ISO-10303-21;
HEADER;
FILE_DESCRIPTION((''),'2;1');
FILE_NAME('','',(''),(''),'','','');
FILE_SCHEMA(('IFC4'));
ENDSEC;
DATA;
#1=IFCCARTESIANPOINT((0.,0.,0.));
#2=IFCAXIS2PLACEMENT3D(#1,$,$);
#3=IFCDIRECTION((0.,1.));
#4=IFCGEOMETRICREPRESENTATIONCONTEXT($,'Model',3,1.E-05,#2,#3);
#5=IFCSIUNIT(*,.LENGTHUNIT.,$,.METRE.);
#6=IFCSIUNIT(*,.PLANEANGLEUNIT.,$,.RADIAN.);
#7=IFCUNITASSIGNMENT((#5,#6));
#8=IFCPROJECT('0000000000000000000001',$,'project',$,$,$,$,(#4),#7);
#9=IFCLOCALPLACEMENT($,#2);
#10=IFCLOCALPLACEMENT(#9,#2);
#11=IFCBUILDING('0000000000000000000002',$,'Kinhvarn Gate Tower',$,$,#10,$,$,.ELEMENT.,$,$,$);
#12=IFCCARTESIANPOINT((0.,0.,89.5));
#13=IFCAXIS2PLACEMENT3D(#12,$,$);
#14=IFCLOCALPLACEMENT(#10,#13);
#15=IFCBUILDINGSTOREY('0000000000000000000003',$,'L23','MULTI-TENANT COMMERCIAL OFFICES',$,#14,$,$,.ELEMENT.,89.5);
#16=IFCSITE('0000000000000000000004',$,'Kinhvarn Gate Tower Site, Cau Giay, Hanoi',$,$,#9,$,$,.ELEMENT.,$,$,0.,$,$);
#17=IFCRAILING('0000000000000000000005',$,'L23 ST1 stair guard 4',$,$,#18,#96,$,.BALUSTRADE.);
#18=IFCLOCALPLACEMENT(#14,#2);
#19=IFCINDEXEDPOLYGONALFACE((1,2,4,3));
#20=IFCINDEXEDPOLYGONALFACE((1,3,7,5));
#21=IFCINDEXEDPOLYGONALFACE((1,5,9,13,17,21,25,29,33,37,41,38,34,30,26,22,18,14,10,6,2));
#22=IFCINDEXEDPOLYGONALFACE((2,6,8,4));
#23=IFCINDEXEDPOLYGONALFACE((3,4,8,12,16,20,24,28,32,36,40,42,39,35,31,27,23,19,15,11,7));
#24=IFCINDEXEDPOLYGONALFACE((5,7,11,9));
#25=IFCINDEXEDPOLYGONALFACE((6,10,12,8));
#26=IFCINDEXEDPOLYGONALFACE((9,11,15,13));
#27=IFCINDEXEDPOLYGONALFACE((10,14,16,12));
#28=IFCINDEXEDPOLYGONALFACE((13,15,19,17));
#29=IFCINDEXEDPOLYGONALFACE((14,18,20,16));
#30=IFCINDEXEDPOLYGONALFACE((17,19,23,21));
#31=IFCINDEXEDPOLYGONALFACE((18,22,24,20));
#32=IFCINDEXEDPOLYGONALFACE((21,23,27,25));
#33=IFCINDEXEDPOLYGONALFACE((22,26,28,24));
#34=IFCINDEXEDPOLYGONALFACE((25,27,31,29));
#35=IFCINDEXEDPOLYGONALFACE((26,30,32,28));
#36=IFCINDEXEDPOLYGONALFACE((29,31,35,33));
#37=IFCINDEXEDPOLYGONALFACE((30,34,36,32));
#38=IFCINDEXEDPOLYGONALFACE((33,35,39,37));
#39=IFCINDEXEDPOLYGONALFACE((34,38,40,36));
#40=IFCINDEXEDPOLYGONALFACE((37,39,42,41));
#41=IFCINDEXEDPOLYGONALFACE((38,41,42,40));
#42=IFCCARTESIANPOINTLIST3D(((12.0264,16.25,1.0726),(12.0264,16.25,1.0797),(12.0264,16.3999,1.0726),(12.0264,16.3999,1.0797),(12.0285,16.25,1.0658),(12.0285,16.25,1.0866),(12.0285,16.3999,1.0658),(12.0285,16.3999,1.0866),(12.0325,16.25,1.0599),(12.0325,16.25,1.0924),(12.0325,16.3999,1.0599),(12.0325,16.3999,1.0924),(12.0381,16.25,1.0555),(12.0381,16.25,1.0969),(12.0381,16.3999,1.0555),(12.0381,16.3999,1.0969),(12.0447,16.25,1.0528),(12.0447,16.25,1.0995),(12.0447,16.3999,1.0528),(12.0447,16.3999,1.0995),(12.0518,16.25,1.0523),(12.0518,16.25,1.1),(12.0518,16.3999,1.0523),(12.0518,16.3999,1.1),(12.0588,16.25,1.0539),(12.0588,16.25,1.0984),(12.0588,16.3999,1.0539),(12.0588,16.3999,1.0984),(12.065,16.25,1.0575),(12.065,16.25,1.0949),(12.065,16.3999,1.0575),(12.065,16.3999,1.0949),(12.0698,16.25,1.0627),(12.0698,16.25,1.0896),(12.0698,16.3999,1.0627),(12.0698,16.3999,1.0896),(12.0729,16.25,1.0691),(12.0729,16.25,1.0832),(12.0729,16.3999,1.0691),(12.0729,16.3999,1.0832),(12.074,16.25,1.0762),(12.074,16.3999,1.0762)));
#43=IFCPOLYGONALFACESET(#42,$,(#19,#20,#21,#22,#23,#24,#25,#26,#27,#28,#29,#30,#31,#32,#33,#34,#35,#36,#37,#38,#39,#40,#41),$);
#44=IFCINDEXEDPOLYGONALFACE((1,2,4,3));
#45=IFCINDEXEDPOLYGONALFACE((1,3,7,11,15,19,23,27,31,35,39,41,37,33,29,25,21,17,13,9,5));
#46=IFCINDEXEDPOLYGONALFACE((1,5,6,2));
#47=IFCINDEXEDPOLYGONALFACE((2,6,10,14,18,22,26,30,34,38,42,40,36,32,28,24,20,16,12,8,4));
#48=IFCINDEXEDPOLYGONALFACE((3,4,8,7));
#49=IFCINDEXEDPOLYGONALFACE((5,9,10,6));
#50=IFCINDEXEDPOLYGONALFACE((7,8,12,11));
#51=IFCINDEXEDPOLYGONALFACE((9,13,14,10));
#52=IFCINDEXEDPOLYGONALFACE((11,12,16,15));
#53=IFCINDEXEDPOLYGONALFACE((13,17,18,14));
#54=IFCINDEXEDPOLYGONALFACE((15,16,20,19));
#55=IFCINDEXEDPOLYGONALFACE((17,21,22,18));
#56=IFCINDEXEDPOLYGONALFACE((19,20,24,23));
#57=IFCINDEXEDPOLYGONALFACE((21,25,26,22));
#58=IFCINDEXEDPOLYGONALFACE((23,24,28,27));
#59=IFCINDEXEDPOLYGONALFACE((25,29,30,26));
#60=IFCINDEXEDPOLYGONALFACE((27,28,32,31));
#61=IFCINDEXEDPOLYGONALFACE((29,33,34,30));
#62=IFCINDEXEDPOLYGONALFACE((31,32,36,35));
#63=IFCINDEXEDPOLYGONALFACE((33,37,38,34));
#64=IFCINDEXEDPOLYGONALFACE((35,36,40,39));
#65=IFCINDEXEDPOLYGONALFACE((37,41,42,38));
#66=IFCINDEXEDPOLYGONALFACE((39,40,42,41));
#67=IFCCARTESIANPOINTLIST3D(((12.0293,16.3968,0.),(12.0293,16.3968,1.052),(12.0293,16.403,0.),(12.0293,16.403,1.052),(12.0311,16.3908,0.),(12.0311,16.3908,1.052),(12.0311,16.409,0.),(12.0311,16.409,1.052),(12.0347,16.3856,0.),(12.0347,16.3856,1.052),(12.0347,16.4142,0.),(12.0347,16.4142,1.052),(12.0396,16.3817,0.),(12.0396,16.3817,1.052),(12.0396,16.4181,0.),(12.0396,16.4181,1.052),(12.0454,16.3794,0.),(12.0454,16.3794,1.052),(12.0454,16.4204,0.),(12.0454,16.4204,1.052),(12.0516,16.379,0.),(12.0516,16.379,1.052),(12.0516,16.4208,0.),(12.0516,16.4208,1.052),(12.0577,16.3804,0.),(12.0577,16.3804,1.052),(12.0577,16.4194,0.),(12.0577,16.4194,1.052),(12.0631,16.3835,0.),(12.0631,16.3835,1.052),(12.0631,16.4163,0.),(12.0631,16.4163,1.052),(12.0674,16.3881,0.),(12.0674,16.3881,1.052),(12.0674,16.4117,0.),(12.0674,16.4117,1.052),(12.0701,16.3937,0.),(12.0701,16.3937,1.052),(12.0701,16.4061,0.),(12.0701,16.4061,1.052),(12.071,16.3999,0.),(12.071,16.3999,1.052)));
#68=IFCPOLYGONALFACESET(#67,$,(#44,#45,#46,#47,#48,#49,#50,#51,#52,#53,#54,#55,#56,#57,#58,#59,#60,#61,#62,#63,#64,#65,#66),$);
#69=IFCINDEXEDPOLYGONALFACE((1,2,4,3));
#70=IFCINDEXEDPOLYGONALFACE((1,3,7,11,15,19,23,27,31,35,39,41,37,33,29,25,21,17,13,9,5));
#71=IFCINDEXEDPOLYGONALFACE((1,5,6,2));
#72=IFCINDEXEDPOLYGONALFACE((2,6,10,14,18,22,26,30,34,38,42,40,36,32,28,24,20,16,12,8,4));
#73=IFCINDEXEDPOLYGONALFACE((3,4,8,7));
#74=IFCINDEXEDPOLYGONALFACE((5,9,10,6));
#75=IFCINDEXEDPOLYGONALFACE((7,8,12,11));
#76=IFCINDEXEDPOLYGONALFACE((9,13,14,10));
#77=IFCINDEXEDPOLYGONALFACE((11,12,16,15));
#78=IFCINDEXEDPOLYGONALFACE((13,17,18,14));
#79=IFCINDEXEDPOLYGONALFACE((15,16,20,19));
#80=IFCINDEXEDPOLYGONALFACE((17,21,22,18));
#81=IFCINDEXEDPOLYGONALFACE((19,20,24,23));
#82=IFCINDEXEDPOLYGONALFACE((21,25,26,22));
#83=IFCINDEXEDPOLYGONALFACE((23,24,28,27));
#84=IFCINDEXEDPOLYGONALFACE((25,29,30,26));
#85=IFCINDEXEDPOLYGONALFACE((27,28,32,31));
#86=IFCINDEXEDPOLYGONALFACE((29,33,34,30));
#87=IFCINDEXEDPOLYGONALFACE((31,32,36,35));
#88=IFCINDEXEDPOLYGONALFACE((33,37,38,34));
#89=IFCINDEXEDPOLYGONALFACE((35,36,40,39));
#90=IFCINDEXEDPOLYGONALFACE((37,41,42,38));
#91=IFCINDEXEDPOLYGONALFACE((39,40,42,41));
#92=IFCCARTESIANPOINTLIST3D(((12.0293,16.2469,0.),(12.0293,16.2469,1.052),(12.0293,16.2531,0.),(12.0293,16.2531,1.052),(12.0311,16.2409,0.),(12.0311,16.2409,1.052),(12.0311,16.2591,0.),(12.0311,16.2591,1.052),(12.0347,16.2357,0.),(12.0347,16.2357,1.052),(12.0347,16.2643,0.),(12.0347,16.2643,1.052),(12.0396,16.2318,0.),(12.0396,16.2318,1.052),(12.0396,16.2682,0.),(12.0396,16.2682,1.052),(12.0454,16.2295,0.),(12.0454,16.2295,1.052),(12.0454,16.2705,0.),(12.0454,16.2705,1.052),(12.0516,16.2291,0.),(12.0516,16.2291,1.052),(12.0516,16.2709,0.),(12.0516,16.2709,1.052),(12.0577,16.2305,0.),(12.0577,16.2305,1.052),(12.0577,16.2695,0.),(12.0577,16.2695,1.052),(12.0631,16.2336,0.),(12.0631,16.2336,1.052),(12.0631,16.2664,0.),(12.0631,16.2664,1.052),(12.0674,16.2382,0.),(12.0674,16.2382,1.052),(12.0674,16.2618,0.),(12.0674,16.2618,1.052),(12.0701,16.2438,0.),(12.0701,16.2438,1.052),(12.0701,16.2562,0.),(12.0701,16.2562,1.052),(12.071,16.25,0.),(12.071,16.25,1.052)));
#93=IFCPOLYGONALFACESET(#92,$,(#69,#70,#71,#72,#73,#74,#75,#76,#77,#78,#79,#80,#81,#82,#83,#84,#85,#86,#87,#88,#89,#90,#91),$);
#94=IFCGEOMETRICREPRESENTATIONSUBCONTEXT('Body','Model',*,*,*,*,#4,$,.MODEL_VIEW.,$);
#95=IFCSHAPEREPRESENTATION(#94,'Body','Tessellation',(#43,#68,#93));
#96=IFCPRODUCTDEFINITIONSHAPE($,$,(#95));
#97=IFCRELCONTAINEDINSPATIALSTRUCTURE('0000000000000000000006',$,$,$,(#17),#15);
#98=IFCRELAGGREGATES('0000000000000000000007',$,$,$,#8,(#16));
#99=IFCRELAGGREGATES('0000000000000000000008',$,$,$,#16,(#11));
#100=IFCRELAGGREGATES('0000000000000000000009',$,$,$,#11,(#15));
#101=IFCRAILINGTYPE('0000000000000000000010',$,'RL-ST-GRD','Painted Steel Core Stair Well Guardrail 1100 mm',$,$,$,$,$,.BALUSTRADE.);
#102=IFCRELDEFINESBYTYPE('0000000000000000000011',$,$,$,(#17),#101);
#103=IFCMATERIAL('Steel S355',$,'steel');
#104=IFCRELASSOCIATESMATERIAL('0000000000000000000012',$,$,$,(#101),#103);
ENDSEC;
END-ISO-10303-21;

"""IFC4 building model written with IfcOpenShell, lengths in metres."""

from ifc_helpers import new_model, si_unit, direction, frame, origin, origin_2d, place, context, subcontext, project, spatial, circle, extrude, material, type_object, element, save


model = new_model("IFC4")

# Units and contexts
model_context = context("Model", 3, precision=1e-05, world=origin(), true_north=direction((0.0, 1.0)))
body_context = subcontext(model_context, "Body", "Model", "MODEL_VIEW")
ifc_project = project(units=[si_unit("LENGTHUNIT", "METRE"), si_unit("PLANEANGLEUNIT", "RADIAN")], contexts=[model_context])

# Site, building, storey
site_placement = place(None, origin())
site = spatial("IfcSite", under=ifc_project, at=site_placement, Name="Kinhvarn Gate Tower Site, Cau Giay, Hanoi", CompositionType="ELEMENT", RefElevation=0.0)
building_placement = place(site_placement, origin())
building = spatial("IfcBuilding", under=site, at=building_placement, Name="Kinhvarn Gate Tower", CompositionType="ELEMENT")
storey_placement = place(building_placement, frame((0.0, 0.0, 89.5)))
storey = spatial("IfcBuildingStorey", under=building, at=storey_placement, Name="L23", Description="MULTI-TENANT COMMERCIAL OFFICES", CompositionType="ELEMENT", Elevation=89.5)

# Shared definitions
ifc_material_1 = material(Name="Steel S355", Category="steel")

# Railing
railing_type_1 = type_object("IfcRailingType", Name="RL-ST-GRD", Description="Painted Steel Core Stair Well Guardrail 1100 mm", PredefinedType="BALUSTRADE", material=ifc_material_1)
railing_1_placement = place(storey_placement, frame((12.05, 16.3999, 0.0)))
element("IfcRailing", 1, at=railing_1_placement, inside=storey, type_object=railing_type_1, Name="L23 ST1 stair guard 4", PredefinedType="BALUSTRADE", context=body_context, shape_type="SweptSolid", body=[
    extrude(circle(Radius=0.0239, at=origin_2d()), frame((0.0, 0.0, 1.0762), z_axis=(0.0, -1.0, 0.0), x_axis=(1.0, 0.0, 0.0)), (0.0, 0.0, 1.0), 0.1499),
    extrude(circle(Radius=0.021, at=origin_2d()), origin(), (0.0, 0.0, 1.0), 1.052),
    extrude(circle(Radius=0.021, at=origin_2d()), frame((0.0, -0.1499, 0.0)), (0.0, 0.0, 1.0), 1.052),
])

save(model, "model.ifc")
